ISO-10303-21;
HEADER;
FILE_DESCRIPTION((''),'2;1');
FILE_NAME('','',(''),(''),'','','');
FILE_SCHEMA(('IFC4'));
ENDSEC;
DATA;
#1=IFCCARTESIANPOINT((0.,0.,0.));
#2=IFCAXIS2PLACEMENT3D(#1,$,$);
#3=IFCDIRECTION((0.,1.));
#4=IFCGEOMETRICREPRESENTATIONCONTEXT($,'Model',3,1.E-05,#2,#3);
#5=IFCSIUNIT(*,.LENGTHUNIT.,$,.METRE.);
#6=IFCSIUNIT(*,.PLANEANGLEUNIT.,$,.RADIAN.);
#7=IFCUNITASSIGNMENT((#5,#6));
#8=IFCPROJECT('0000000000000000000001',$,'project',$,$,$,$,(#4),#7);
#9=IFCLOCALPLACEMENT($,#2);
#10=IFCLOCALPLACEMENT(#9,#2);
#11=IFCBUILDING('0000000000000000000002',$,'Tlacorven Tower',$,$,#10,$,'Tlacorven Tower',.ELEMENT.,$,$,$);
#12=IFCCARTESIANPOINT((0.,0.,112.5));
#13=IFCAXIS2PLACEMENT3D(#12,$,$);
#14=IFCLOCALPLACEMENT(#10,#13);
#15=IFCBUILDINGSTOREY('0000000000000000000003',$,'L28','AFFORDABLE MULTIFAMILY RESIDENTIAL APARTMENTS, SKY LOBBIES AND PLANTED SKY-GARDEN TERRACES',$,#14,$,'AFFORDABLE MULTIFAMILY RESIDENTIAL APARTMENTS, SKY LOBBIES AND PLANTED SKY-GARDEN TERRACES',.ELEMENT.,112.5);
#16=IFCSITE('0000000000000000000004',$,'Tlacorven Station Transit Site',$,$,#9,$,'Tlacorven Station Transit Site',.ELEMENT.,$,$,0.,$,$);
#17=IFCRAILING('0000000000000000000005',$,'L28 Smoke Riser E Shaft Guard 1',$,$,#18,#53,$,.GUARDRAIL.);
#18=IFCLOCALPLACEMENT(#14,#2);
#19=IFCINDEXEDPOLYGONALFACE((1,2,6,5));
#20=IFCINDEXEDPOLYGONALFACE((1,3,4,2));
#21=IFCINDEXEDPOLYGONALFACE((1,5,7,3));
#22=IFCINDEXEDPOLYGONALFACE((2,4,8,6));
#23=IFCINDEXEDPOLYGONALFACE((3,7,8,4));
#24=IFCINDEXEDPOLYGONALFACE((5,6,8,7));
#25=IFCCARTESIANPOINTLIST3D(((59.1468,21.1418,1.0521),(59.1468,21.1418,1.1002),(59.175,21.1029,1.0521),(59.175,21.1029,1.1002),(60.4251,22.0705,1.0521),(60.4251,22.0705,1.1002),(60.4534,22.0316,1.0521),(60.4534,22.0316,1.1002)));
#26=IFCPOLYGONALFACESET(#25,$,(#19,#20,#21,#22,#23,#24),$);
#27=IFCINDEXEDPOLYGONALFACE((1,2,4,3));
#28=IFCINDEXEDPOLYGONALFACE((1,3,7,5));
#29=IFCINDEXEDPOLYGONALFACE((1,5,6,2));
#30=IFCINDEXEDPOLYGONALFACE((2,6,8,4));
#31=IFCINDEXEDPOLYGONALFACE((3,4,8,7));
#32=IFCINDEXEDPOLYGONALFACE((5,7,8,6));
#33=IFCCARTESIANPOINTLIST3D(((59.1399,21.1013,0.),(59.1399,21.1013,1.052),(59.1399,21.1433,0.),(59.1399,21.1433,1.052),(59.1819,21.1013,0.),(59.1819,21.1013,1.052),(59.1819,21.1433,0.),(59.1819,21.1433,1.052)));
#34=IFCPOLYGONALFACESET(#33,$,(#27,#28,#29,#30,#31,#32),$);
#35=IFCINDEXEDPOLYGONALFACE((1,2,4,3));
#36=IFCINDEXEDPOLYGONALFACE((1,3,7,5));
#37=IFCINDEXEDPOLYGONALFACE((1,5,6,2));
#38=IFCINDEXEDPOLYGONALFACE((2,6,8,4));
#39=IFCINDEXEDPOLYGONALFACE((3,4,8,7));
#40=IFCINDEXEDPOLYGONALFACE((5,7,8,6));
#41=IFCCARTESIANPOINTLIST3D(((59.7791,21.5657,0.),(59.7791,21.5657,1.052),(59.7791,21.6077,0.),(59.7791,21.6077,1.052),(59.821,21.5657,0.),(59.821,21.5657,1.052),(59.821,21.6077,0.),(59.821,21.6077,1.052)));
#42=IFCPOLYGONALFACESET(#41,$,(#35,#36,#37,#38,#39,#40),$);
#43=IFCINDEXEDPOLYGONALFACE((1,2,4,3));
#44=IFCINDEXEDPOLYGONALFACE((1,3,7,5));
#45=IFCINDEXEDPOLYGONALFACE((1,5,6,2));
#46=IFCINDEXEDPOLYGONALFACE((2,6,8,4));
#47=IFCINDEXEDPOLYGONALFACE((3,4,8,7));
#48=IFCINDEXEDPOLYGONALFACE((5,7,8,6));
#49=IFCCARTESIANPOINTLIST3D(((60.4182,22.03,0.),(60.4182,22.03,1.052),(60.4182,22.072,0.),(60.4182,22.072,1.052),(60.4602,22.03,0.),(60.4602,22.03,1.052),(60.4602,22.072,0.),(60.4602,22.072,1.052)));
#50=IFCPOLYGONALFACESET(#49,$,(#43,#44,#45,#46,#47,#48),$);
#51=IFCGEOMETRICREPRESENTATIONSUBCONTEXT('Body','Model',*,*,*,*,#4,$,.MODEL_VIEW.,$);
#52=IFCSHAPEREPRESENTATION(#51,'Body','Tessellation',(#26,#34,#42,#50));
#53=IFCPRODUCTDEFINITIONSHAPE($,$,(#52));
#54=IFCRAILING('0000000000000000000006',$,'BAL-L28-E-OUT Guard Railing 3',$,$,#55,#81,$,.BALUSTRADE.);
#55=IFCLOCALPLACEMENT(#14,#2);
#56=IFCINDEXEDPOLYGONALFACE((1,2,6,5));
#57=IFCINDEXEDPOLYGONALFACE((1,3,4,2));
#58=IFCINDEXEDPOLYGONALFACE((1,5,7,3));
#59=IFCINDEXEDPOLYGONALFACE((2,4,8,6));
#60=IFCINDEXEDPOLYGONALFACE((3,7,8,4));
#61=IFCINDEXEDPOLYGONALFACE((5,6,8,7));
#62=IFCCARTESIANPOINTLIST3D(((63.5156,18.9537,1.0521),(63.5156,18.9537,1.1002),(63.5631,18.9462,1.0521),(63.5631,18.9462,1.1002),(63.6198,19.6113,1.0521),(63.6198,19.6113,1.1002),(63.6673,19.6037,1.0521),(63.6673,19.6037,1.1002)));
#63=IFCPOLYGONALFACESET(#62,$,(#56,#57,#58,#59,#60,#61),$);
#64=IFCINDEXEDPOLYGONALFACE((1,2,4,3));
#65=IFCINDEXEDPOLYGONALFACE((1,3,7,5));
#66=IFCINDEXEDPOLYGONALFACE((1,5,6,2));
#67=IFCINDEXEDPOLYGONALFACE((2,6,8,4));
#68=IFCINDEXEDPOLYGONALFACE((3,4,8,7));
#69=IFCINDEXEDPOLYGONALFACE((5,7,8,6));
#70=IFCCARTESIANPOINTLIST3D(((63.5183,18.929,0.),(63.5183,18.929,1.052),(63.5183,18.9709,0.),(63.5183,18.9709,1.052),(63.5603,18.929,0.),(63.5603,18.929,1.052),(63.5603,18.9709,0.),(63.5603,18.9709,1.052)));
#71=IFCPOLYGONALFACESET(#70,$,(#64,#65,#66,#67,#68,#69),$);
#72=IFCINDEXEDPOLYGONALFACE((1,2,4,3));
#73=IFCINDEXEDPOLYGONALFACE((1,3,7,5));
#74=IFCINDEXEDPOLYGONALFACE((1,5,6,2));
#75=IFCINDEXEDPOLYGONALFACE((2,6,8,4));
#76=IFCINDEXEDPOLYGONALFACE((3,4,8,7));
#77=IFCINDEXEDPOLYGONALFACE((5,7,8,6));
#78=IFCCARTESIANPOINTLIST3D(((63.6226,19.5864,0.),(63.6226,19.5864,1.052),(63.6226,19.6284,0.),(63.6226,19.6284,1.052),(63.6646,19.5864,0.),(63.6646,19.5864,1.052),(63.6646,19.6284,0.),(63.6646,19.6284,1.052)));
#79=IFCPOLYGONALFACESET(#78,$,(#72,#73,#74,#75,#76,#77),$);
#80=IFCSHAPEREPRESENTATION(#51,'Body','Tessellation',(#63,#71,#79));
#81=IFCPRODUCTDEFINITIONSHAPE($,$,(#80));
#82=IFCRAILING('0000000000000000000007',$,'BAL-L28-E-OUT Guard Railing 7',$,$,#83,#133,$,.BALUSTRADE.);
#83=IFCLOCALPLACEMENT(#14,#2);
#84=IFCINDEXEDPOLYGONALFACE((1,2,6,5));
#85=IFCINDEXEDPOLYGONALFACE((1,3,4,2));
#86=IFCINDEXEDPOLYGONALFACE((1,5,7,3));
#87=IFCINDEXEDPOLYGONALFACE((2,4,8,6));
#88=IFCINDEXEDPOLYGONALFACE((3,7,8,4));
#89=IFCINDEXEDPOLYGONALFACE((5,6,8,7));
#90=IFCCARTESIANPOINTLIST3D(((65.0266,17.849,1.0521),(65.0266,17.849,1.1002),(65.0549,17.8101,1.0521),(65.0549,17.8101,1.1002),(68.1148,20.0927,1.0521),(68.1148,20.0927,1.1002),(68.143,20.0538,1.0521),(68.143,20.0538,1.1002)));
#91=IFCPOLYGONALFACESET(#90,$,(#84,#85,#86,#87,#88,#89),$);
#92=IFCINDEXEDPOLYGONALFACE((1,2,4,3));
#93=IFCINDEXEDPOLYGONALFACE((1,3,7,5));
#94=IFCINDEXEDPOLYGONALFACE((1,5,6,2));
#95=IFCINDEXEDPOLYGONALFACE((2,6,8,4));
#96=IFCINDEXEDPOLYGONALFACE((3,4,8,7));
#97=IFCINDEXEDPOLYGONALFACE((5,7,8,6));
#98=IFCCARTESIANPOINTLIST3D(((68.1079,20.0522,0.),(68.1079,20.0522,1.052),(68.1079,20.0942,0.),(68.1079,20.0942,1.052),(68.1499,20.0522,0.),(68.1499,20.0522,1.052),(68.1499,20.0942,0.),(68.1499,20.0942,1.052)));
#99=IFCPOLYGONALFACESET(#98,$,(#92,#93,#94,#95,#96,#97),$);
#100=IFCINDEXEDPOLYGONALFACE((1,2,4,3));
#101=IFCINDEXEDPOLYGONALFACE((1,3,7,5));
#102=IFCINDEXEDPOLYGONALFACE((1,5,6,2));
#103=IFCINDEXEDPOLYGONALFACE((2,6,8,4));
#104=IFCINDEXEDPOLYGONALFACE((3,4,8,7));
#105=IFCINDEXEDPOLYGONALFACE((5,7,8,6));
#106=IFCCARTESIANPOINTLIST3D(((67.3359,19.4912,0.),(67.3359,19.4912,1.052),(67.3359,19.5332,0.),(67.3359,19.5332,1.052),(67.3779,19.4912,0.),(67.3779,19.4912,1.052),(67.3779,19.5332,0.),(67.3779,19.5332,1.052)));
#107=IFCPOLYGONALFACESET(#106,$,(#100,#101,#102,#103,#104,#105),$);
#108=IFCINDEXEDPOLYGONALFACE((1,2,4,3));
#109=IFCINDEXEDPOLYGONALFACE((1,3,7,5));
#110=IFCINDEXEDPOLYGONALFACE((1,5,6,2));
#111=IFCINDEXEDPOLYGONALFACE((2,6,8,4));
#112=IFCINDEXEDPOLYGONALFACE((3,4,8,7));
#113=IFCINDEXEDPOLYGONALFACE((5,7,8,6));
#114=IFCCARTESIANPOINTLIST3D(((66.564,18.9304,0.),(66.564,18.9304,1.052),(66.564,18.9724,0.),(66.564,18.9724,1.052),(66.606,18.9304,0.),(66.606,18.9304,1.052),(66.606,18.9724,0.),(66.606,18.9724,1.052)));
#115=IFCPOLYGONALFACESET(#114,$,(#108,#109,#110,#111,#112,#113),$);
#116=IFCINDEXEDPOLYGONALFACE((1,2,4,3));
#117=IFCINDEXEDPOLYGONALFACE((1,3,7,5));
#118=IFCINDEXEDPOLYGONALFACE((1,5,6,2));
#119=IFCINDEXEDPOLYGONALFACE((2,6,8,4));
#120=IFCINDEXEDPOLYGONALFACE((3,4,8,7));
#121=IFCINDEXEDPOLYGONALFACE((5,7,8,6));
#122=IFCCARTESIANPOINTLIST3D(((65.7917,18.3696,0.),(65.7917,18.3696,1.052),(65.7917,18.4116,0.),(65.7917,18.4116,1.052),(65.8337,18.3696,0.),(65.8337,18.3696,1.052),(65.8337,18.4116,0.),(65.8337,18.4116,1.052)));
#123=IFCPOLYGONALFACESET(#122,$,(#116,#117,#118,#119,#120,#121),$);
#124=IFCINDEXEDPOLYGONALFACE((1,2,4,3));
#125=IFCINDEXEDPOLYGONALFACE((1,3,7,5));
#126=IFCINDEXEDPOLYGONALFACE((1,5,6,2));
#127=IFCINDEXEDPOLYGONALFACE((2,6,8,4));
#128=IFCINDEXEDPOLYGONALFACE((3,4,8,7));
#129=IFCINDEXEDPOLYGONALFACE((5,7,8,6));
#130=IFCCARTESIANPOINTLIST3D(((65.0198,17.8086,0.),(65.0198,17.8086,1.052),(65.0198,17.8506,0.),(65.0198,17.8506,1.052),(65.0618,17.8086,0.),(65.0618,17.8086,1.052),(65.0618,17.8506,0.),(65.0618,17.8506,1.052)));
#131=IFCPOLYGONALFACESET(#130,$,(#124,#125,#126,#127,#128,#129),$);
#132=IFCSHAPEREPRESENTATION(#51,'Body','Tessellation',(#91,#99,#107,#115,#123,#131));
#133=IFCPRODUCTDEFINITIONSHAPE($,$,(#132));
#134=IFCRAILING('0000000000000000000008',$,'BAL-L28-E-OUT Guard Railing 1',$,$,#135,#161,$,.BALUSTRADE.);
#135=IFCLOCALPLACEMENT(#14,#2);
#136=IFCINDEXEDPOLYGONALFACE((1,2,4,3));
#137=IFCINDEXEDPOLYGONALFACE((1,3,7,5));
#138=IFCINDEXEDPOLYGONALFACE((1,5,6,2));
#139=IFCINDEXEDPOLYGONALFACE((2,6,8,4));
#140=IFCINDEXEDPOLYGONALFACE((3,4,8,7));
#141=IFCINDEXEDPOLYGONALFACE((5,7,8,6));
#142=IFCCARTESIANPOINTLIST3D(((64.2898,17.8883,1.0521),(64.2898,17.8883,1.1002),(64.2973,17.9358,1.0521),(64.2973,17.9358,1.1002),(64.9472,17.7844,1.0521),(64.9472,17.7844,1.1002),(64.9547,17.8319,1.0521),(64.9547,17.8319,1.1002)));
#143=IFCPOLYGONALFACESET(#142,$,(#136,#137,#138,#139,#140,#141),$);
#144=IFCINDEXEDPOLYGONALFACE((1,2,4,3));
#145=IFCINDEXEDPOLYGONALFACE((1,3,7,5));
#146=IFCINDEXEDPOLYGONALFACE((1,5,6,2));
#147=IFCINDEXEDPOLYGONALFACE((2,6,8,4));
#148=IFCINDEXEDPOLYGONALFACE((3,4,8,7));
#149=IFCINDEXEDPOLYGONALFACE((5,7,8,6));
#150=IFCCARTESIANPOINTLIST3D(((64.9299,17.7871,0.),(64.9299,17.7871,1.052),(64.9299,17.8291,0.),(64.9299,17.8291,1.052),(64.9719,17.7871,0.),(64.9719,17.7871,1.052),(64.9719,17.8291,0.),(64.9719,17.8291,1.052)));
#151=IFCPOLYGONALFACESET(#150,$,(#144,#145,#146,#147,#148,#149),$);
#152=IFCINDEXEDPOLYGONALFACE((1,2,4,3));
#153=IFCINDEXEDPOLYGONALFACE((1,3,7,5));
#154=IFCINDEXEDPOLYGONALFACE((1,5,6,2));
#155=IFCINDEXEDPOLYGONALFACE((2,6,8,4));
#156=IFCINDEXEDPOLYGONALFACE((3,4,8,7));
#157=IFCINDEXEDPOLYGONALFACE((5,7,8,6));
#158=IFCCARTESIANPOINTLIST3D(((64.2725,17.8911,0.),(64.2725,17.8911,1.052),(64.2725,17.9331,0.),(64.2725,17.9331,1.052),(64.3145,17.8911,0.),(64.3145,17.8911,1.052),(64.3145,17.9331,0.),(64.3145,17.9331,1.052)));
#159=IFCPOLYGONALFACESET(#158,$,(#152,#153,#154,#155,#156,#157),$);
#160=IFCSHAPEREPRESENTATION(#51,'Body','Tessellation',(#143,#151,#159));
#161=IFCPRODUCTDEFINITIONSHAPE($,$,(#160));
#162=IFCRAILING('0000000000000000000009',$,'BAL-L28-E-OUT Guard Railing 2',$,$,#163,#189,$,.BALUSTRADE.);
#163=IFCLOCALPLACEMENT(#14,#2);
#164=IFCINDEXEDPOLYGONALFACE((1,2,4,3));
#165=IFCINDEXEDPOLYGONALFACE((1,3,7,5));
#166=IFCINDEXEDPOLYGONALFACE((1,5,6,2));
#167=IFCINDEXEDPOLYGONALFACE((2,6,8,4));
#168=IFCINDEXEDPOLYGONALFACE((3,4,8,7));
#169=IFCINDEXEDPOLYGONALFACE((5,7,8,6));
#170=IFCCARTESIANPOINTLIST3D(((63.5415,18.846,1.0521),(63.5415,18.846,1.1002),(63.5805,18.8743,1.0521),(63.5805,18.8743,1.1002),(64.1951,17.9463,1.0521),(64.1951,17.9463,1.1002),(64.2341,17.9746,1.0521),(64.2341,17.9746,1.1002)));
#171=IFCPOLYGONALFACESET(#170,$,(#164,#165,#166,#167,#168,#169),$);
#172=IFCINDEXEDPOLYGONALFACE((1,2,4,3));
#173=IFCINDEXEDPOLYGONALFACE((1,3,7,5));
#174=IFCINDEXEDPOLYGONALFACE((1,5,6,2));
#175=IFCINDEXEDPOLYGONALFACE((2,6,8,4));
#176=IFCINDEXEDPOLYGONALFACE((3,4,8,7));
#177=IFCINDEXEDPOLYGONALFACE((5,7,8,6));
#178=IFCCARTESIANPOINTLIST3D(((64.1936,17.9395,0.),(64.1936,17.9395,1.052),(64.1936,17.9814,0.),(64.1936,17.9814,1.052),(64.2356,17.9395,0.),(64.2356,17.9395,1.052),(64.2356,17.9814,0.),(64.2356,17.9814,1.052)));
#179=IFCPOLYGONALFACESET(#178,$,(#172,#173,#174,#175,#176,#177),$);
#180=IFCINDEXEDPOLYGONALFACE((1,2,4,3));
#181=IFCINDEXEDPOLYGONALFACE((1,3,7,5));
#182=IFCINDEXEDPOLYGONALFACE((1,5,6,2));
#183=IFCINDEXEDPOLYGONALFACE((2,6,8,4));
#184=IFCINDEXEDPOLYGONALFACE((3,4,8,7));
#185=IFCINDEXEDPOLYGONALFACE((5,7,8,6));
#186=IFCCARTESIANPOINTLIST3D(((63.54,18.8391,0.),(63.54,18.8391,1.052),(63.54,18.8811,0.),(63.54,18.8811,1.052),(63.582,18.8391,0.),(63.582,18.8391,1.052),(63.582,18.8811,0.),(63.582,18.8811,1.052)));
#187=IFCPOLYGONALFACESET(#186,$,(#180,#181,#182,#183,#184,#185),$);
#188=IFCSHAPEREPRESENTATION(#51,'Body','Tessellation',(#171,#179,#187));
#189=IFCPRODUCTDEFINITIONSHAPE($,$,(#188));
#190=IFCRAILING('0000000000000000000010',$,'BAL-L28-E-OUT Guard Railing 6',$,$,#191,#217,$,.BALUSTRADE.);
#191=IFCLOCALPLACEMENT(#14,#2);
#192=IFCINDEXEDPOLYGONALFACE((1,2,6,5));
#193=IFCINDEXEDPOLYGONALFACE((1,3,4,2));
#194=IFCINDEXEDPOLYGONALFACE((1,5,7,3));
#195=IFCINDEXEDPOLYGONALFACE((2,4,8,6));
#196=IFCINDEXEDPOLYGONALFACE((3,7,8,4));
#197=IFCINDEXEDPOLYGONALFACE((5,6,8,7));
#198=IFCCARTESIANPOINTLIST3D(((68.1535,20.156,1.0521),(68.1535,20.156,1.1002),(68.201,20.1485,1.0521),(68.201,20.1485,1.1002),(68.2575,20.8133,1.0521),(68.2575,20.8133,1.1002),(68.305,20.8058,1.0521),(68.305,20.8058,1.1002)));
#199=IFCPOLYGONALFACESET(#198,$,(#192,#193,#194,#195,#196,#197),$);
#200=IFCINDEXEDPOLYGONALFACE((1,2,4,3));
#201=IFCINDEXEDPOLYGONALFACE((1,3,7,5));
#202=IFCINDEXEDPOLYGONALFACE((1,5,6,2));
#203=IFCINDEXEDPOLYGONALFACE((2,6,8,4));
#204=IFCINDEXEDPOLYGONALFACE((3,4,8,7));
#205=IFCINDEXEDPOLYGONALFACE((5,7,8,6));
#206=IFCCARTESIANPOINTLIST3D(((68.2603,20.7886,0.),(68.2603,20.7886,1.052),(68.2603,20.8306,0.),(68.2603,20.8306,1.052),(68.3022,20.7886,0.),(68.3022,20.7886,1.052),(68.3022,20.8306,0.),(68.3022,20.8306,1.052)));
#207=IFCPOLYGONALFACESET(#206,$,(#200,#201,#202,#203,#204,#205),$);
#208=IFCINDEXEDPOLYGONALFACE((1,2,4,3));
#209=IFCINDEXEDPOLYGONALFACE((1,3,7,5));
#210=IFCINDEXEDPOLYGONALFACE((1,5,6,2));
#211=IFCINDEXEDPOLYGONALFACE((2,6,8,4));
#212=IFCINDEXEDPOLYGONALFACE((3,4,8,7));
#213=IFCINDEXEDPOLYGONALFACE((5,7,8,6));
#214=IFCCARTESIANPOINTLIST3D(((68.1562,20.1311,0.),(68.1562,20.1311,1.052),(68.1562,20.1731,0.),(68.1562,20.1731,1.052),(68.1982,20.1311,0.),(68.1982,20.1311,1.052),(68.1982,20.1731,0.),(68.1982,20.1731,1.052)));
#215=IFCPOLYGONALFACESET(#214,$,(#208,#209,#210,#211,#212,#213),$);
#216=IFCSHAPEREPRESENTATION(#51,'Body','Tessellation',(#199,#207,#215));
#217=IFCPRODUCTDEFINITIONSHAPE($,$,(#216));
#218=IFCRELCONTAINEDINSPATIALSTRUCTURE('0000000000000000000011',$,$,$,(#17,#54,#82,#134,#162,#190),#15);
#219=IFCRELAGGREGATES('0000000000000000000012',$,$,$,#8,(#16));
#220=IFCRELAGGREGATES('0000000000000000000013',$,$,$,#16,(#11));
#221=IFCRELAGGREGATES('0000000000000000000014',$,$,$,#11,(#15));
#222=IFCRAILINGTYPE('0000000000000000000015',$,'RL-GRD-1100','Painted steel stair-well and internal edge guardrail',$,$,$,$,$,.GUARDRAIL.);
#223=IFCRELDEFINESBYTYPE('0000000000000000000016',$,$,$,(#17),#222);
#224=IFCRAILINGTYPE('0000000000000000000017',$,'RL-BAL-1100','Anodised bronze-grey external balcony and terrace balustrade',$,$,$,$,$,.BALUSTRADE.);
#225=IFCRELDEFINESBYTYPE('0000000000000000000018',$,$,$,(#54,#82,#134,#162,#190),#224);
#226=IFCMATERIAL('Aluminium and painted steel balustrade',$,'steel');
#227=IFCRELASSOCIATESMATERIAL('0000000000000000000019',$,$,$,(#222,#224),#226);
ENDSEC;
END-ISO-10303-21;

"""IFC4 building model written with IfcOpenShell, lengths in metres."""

from ifc_helpers import new_model, si_unit, direction, frame, origin, origin_2d, place, context, subcontext, project, spatial, rectangle, extrude, source, transform, mapped, material, type_object, element, save


model = new_model("IFC4")

# Units and contexts
model_context = context("Model", 3, precision=1e-05, world=origin(), true_north=direction((0.0, 1.0)))
body_context = subcontext(model_context, "Body", "Model", "MODEL_VIEW")
ifc_project = project(units=[si_unit("LENGTHUNIT", "METRE"), si_unit("PLANEANGLEUNIT", "RADIAN")], contexts=[model_context])

# Site, building, storey
site_placement = place(None, origin())
site = spatial("IfcSite", under=ifc_project, at=site_placement, Name="Tlacorven Station Transit Site", LongName="Tlacorven Station Transit Site", CompositionType="ELEMENT", RefElevation=0.0)
building_placement = place(site_placement, origin())
building = spatial("IfcBuilding", under=site, at=building_placement, Name="Tlacorven Tower", LongName="Tlacorven Tower", CompositionType="ELEMENT")
storey_placement = place(building_placement, frame((0.0, 0.0, 112.5)))
storey = spatial("IfcBuildingStorey", under=building, at=storey_placement, Name="L28", Description="AFFORDABLE MULTIFAMILY RESIDENTIAL APARTMENTS, SKY LOBBIES AND PLANTED SKY-GARDEN TERRACES", LongName="AFFORDABLE MULTIFAMILY RESIDENTIAL APARTMENTS, SKY LOBBIES AND PLANTED SKY-GARDEN TERRACES", CompositionType="ELEMENT", Elevation=112.5)

# Railings
ifc_material_1 = material(Name="Aluminium and painted steel balustrade", Category="steel")
railing_type_1 = type_object("IfcRailingType", Name="RL-GRD-1100", Description="Painted steel stair-well and internal edge guardrail", PredefinedType="GUARDRAIL", material=ifc_material_1)
shared_shape_1 = source(origin(), body_context, "Body", "SweptSolid", [
    extrude(rectangle(XDim=0.0481, YDim=0.0481, at=origin_2d()), frame((0.0, 0.0, 1.0762), z_axis=(0.80903, 0.587767, 0.0), x_axis=(-0.587767, 0.80903, 0.0)), (0.0, 0.0, 1.0), 1.5801),
    extrude(rectangle(XDim=0.042, YDim=0.042, at=origin_2d()), origin(), (0.0, 0.0, 1.0), 1.052),
    extrude(rectangle(XDim=0.042, YDim=0.042, at=origin_2d()), frame((0.6392, 0.4644, 0.0)), (0.0, 0.0, 1.0), 1.052),
    extrude(rectangle(XDim=0.042, YDim=0.042, at=origin_2d()), frame((1.2783, 0.9287, 0.0)), (0.0, 0.0, 1.0), 1.052),
])
railing_1_placement = place(storey_placement, frame((59.1609, 21.1223, 0.0)))
element("IfcRailing", 1, at=railing_1_placement, inside=storey, type_object=railing_type_1, Name="L28 Smoke Riser E Shaft Guard 1", PredefinedType="GUARDRAIL", context=body_context, shape_type="MappedRepresentation", body=[
    mapped(shared_shape_1, transform((0.0, 0.0, 0.0), scale=1.0)),
])
railing_type_2 = type_object("IfcRailingType", Name="RL-BAL-1100", Description="Anodised bronze-grey external balcony and terrace balustrade", PredefinedType="BALUSTRADE", material=ifc_material_1)
shared_shape_2 = source(origin(), body_context, "Body", "SweptSolid", [
    extrude(rectangle(XDim=0.0481, YDim=0.0481, at=origin_2d()), frame((0.0, 0.0, 1.0762), z_axis=(0.156603, 0.987662, 0.0), x_axis=(-0.987662, 0.156603, 0.0)), (0.0, 0.0, 1.0), 0.6658),
    extrude(rectangle(XDim=0.042, YDim=0.042, at=origin_2d()), origin(), (0.0, 0.0, 1.0), 1.052),
    extrude(rectangle(XDim=0.042, YDim=0.042, at=origin_2d()), frame((0.1042, 0.6575, 0.0)), (0.0, 0.0, 1.0), 1.052),
])
railing_2_placement = place(storey_placement, frame((63.5393, 18.95, 0.0)))
element("IfcRailing", 2, at=railing_2_placement, inside=storey, type_object=railing_type_2, Name="BAL-L28-E-OUT Guard Railing 3", PredefinedType="BALUSTRADE", context=body_context, shape_type="MappedRepresentation", body=[
    mapped(shared_shape_2, transform((0.0, 0.0, 0.0), scale=1.0)),
])
shared_shape_3 = source(origin(), body_context, "Body", "SweptSolid", [
    extrude(rectangle(XDim=0.0481, YDim=0.0481, at=origin_2d()), frame((0.0, 0.0, 1.0762), z_axis=(-0.809018, -0.587784, 0.0), x_axis=(0.587784, -0.809018, 0.0)), (0.0, 0.0, 1.0), 3.8171),
    extrude(rectangle(XDim=0.042, YDim=0.042, at=origin_2d()), origin(), (0.0, 0.0, 1.0), 1.052),
    extrude(rectangle(XDim=0.042, YDim=0.042, at=origin_2d()), frame((-0.772, -0.561, 0.0)), (0.0, 0.0, 1.0), 1.052),
    extrude(rectangle(XDim=0.042, YDim=0.042, at=origin_2d()), frame((-1.5439, -1.1218, 0.0)), (0.0, 0.0, 1.0), 1.052),
    extrude(rectangle(XDim=0.042, YDim=0.042, at=origin_2d()), frame((-2.3162, -1.6826, 0.0)), (0.0, 0.0, 1.0), 1.052),
    extrude(rectangle(XDim=0.042, YDim=0.042, at=origin_2d()), frame((-3.0881, -2.2437, 0.0)), (0.0, 0.0, 1.0), 1.052),
])
railing_3_placement = place(storey_placement, frame((68.1289, 20.0732, 0.0)))
element("IfcRailing", 3, at=railing_3_placement, inside=storey, type_object=railing_type_2, Name="BAL-L28-E-OUT Guard Railing 7", PredefinedType="BALUSTRADE", context=body_context, shape_type="MappedRepresentation", body=[
    mapped(shared_shape_3, transform((0.0, 0.0, 0.0), scale=1.0)),
])
shared_shape_4 = source(origin(), body_context, "Body", "SweptSolid", [
    extrude(rectangle(XDim=0.0481, YDim=0.0481, at=origin_2d()), frame((0.0, 0.0, 1.0762), z_axis=(-0.987718, 0.156245, 0.0), x_axis=(-0.156245, -0.987718, 0.0)), (0.0, 0.0, 1.0), 0.6655),
    extrude(rectangle(XDim=0.042, YDim=0.042, at=origin_2d()), origin(), (0.0, 0.0, 1.0), 1.052),
    extrude(rectangle(XDim=0.042, YDim=0.042, at=origin_2d()), frame((-0.6575, 0.104, 0.0)), (0.0, 0.0, 1.0), 1.052),
])
railing_4_placement = place(storey_placement, frame((64.9509, 17.8081, 0.0)))
element("IfcRailing", 4, at=railing_4_placement, inside=storey, type_object=railing_type_2, Name="BAL-L28-E-OUT Guard Railing 1", PredefinedType="BALUSTRADE", context=body_context, shape_type="MappedRepresentation", body=[
    mapped(shared_shape_4, transform((0.0, 0.0, 0.0), scale=1.0)),
])
shared_shape_5 = source(origin(), body_context, "Body", "SweptSolid", [
    extrude(rectangle(XDim=0.0481, YDim=0.0481, at=origin_2d()), frame((0.0, 0.0, 1.0762), z_axis=(-0.587741, 0.809049, 0.0), x_axis=(-0.809049, -0.587741, 0.0)), (0.0, 0.0, 1.0), 1.1121),
    extrude(rectangle(XDim=0.042, YDim=0.042, at=origin_2d()), origin(), (0.0, 0.0, 1.0), 1.052),
    extrude(rectangle(XDim=0.042, YDim=0.042, at=origin_2d()), frame((-0.6536, 0.8997, 0.0)), (0.0, 0.0, 1.0), 1.052),
])
railing_5_placement = place(storey_placement, frame((64.2146, 17.9604, 0.0)))
element("IfcRailing", 5, at=railing_5_placement, inside=storey, type_object=railing_type_2, Name="BAL-L28-E-OUT Guard Railing 2", PredefinedType="BALUSTRADE", context=body_context, shape_type="MappedRepresentation", body=[
    mapped(shared_shape_5, transform((0.0, 0.0, 0.0), scale=1.0)),
])
shared_shape_6 = source(origin(), body_context, "Body", "SweptSolid", [
    extrude(rectangle(XDim=0.0481, YDim=0.0481, at=origin_2d()), frame((0.0, 0.0, 1.0762), z_axis=(-0.156245, -0.987718, 0.0), x_axis=(0.987718, -0.156245, 0.0)), (0.0, 0.0, 1.0), 0.6655),
    extrude(rectangle(XDim=0.042, YDim=0.042, at=origin_2d()), origin(), (0.0, 0.0, 1.0), 1.052),
    extrude(rectangle(XDim=0.042, YDim=0.042, at=origin_2d()), frame((-0.104, -0.6575, 0.0)), (0.0, 0.0, 1.0), 1.052),
])
railing_6_placement = place(storey_placement, frame((68.2812, 20.8096, 0.0)))
element("IfcRailing", 6, at=railing_6_placement, inside=storey, type_object=railing_type_2, Name="BAL-L28-E-OUT Guard Railing 6", PredefinedType="BALUSTRADE", context=body_context, shape_type="MappedRepresentation", body=[
    mapped(shared_shape_6, transform((0.0, 0.0, 0.0), scale=1.0)),
])

save(model, "model.ifc")
